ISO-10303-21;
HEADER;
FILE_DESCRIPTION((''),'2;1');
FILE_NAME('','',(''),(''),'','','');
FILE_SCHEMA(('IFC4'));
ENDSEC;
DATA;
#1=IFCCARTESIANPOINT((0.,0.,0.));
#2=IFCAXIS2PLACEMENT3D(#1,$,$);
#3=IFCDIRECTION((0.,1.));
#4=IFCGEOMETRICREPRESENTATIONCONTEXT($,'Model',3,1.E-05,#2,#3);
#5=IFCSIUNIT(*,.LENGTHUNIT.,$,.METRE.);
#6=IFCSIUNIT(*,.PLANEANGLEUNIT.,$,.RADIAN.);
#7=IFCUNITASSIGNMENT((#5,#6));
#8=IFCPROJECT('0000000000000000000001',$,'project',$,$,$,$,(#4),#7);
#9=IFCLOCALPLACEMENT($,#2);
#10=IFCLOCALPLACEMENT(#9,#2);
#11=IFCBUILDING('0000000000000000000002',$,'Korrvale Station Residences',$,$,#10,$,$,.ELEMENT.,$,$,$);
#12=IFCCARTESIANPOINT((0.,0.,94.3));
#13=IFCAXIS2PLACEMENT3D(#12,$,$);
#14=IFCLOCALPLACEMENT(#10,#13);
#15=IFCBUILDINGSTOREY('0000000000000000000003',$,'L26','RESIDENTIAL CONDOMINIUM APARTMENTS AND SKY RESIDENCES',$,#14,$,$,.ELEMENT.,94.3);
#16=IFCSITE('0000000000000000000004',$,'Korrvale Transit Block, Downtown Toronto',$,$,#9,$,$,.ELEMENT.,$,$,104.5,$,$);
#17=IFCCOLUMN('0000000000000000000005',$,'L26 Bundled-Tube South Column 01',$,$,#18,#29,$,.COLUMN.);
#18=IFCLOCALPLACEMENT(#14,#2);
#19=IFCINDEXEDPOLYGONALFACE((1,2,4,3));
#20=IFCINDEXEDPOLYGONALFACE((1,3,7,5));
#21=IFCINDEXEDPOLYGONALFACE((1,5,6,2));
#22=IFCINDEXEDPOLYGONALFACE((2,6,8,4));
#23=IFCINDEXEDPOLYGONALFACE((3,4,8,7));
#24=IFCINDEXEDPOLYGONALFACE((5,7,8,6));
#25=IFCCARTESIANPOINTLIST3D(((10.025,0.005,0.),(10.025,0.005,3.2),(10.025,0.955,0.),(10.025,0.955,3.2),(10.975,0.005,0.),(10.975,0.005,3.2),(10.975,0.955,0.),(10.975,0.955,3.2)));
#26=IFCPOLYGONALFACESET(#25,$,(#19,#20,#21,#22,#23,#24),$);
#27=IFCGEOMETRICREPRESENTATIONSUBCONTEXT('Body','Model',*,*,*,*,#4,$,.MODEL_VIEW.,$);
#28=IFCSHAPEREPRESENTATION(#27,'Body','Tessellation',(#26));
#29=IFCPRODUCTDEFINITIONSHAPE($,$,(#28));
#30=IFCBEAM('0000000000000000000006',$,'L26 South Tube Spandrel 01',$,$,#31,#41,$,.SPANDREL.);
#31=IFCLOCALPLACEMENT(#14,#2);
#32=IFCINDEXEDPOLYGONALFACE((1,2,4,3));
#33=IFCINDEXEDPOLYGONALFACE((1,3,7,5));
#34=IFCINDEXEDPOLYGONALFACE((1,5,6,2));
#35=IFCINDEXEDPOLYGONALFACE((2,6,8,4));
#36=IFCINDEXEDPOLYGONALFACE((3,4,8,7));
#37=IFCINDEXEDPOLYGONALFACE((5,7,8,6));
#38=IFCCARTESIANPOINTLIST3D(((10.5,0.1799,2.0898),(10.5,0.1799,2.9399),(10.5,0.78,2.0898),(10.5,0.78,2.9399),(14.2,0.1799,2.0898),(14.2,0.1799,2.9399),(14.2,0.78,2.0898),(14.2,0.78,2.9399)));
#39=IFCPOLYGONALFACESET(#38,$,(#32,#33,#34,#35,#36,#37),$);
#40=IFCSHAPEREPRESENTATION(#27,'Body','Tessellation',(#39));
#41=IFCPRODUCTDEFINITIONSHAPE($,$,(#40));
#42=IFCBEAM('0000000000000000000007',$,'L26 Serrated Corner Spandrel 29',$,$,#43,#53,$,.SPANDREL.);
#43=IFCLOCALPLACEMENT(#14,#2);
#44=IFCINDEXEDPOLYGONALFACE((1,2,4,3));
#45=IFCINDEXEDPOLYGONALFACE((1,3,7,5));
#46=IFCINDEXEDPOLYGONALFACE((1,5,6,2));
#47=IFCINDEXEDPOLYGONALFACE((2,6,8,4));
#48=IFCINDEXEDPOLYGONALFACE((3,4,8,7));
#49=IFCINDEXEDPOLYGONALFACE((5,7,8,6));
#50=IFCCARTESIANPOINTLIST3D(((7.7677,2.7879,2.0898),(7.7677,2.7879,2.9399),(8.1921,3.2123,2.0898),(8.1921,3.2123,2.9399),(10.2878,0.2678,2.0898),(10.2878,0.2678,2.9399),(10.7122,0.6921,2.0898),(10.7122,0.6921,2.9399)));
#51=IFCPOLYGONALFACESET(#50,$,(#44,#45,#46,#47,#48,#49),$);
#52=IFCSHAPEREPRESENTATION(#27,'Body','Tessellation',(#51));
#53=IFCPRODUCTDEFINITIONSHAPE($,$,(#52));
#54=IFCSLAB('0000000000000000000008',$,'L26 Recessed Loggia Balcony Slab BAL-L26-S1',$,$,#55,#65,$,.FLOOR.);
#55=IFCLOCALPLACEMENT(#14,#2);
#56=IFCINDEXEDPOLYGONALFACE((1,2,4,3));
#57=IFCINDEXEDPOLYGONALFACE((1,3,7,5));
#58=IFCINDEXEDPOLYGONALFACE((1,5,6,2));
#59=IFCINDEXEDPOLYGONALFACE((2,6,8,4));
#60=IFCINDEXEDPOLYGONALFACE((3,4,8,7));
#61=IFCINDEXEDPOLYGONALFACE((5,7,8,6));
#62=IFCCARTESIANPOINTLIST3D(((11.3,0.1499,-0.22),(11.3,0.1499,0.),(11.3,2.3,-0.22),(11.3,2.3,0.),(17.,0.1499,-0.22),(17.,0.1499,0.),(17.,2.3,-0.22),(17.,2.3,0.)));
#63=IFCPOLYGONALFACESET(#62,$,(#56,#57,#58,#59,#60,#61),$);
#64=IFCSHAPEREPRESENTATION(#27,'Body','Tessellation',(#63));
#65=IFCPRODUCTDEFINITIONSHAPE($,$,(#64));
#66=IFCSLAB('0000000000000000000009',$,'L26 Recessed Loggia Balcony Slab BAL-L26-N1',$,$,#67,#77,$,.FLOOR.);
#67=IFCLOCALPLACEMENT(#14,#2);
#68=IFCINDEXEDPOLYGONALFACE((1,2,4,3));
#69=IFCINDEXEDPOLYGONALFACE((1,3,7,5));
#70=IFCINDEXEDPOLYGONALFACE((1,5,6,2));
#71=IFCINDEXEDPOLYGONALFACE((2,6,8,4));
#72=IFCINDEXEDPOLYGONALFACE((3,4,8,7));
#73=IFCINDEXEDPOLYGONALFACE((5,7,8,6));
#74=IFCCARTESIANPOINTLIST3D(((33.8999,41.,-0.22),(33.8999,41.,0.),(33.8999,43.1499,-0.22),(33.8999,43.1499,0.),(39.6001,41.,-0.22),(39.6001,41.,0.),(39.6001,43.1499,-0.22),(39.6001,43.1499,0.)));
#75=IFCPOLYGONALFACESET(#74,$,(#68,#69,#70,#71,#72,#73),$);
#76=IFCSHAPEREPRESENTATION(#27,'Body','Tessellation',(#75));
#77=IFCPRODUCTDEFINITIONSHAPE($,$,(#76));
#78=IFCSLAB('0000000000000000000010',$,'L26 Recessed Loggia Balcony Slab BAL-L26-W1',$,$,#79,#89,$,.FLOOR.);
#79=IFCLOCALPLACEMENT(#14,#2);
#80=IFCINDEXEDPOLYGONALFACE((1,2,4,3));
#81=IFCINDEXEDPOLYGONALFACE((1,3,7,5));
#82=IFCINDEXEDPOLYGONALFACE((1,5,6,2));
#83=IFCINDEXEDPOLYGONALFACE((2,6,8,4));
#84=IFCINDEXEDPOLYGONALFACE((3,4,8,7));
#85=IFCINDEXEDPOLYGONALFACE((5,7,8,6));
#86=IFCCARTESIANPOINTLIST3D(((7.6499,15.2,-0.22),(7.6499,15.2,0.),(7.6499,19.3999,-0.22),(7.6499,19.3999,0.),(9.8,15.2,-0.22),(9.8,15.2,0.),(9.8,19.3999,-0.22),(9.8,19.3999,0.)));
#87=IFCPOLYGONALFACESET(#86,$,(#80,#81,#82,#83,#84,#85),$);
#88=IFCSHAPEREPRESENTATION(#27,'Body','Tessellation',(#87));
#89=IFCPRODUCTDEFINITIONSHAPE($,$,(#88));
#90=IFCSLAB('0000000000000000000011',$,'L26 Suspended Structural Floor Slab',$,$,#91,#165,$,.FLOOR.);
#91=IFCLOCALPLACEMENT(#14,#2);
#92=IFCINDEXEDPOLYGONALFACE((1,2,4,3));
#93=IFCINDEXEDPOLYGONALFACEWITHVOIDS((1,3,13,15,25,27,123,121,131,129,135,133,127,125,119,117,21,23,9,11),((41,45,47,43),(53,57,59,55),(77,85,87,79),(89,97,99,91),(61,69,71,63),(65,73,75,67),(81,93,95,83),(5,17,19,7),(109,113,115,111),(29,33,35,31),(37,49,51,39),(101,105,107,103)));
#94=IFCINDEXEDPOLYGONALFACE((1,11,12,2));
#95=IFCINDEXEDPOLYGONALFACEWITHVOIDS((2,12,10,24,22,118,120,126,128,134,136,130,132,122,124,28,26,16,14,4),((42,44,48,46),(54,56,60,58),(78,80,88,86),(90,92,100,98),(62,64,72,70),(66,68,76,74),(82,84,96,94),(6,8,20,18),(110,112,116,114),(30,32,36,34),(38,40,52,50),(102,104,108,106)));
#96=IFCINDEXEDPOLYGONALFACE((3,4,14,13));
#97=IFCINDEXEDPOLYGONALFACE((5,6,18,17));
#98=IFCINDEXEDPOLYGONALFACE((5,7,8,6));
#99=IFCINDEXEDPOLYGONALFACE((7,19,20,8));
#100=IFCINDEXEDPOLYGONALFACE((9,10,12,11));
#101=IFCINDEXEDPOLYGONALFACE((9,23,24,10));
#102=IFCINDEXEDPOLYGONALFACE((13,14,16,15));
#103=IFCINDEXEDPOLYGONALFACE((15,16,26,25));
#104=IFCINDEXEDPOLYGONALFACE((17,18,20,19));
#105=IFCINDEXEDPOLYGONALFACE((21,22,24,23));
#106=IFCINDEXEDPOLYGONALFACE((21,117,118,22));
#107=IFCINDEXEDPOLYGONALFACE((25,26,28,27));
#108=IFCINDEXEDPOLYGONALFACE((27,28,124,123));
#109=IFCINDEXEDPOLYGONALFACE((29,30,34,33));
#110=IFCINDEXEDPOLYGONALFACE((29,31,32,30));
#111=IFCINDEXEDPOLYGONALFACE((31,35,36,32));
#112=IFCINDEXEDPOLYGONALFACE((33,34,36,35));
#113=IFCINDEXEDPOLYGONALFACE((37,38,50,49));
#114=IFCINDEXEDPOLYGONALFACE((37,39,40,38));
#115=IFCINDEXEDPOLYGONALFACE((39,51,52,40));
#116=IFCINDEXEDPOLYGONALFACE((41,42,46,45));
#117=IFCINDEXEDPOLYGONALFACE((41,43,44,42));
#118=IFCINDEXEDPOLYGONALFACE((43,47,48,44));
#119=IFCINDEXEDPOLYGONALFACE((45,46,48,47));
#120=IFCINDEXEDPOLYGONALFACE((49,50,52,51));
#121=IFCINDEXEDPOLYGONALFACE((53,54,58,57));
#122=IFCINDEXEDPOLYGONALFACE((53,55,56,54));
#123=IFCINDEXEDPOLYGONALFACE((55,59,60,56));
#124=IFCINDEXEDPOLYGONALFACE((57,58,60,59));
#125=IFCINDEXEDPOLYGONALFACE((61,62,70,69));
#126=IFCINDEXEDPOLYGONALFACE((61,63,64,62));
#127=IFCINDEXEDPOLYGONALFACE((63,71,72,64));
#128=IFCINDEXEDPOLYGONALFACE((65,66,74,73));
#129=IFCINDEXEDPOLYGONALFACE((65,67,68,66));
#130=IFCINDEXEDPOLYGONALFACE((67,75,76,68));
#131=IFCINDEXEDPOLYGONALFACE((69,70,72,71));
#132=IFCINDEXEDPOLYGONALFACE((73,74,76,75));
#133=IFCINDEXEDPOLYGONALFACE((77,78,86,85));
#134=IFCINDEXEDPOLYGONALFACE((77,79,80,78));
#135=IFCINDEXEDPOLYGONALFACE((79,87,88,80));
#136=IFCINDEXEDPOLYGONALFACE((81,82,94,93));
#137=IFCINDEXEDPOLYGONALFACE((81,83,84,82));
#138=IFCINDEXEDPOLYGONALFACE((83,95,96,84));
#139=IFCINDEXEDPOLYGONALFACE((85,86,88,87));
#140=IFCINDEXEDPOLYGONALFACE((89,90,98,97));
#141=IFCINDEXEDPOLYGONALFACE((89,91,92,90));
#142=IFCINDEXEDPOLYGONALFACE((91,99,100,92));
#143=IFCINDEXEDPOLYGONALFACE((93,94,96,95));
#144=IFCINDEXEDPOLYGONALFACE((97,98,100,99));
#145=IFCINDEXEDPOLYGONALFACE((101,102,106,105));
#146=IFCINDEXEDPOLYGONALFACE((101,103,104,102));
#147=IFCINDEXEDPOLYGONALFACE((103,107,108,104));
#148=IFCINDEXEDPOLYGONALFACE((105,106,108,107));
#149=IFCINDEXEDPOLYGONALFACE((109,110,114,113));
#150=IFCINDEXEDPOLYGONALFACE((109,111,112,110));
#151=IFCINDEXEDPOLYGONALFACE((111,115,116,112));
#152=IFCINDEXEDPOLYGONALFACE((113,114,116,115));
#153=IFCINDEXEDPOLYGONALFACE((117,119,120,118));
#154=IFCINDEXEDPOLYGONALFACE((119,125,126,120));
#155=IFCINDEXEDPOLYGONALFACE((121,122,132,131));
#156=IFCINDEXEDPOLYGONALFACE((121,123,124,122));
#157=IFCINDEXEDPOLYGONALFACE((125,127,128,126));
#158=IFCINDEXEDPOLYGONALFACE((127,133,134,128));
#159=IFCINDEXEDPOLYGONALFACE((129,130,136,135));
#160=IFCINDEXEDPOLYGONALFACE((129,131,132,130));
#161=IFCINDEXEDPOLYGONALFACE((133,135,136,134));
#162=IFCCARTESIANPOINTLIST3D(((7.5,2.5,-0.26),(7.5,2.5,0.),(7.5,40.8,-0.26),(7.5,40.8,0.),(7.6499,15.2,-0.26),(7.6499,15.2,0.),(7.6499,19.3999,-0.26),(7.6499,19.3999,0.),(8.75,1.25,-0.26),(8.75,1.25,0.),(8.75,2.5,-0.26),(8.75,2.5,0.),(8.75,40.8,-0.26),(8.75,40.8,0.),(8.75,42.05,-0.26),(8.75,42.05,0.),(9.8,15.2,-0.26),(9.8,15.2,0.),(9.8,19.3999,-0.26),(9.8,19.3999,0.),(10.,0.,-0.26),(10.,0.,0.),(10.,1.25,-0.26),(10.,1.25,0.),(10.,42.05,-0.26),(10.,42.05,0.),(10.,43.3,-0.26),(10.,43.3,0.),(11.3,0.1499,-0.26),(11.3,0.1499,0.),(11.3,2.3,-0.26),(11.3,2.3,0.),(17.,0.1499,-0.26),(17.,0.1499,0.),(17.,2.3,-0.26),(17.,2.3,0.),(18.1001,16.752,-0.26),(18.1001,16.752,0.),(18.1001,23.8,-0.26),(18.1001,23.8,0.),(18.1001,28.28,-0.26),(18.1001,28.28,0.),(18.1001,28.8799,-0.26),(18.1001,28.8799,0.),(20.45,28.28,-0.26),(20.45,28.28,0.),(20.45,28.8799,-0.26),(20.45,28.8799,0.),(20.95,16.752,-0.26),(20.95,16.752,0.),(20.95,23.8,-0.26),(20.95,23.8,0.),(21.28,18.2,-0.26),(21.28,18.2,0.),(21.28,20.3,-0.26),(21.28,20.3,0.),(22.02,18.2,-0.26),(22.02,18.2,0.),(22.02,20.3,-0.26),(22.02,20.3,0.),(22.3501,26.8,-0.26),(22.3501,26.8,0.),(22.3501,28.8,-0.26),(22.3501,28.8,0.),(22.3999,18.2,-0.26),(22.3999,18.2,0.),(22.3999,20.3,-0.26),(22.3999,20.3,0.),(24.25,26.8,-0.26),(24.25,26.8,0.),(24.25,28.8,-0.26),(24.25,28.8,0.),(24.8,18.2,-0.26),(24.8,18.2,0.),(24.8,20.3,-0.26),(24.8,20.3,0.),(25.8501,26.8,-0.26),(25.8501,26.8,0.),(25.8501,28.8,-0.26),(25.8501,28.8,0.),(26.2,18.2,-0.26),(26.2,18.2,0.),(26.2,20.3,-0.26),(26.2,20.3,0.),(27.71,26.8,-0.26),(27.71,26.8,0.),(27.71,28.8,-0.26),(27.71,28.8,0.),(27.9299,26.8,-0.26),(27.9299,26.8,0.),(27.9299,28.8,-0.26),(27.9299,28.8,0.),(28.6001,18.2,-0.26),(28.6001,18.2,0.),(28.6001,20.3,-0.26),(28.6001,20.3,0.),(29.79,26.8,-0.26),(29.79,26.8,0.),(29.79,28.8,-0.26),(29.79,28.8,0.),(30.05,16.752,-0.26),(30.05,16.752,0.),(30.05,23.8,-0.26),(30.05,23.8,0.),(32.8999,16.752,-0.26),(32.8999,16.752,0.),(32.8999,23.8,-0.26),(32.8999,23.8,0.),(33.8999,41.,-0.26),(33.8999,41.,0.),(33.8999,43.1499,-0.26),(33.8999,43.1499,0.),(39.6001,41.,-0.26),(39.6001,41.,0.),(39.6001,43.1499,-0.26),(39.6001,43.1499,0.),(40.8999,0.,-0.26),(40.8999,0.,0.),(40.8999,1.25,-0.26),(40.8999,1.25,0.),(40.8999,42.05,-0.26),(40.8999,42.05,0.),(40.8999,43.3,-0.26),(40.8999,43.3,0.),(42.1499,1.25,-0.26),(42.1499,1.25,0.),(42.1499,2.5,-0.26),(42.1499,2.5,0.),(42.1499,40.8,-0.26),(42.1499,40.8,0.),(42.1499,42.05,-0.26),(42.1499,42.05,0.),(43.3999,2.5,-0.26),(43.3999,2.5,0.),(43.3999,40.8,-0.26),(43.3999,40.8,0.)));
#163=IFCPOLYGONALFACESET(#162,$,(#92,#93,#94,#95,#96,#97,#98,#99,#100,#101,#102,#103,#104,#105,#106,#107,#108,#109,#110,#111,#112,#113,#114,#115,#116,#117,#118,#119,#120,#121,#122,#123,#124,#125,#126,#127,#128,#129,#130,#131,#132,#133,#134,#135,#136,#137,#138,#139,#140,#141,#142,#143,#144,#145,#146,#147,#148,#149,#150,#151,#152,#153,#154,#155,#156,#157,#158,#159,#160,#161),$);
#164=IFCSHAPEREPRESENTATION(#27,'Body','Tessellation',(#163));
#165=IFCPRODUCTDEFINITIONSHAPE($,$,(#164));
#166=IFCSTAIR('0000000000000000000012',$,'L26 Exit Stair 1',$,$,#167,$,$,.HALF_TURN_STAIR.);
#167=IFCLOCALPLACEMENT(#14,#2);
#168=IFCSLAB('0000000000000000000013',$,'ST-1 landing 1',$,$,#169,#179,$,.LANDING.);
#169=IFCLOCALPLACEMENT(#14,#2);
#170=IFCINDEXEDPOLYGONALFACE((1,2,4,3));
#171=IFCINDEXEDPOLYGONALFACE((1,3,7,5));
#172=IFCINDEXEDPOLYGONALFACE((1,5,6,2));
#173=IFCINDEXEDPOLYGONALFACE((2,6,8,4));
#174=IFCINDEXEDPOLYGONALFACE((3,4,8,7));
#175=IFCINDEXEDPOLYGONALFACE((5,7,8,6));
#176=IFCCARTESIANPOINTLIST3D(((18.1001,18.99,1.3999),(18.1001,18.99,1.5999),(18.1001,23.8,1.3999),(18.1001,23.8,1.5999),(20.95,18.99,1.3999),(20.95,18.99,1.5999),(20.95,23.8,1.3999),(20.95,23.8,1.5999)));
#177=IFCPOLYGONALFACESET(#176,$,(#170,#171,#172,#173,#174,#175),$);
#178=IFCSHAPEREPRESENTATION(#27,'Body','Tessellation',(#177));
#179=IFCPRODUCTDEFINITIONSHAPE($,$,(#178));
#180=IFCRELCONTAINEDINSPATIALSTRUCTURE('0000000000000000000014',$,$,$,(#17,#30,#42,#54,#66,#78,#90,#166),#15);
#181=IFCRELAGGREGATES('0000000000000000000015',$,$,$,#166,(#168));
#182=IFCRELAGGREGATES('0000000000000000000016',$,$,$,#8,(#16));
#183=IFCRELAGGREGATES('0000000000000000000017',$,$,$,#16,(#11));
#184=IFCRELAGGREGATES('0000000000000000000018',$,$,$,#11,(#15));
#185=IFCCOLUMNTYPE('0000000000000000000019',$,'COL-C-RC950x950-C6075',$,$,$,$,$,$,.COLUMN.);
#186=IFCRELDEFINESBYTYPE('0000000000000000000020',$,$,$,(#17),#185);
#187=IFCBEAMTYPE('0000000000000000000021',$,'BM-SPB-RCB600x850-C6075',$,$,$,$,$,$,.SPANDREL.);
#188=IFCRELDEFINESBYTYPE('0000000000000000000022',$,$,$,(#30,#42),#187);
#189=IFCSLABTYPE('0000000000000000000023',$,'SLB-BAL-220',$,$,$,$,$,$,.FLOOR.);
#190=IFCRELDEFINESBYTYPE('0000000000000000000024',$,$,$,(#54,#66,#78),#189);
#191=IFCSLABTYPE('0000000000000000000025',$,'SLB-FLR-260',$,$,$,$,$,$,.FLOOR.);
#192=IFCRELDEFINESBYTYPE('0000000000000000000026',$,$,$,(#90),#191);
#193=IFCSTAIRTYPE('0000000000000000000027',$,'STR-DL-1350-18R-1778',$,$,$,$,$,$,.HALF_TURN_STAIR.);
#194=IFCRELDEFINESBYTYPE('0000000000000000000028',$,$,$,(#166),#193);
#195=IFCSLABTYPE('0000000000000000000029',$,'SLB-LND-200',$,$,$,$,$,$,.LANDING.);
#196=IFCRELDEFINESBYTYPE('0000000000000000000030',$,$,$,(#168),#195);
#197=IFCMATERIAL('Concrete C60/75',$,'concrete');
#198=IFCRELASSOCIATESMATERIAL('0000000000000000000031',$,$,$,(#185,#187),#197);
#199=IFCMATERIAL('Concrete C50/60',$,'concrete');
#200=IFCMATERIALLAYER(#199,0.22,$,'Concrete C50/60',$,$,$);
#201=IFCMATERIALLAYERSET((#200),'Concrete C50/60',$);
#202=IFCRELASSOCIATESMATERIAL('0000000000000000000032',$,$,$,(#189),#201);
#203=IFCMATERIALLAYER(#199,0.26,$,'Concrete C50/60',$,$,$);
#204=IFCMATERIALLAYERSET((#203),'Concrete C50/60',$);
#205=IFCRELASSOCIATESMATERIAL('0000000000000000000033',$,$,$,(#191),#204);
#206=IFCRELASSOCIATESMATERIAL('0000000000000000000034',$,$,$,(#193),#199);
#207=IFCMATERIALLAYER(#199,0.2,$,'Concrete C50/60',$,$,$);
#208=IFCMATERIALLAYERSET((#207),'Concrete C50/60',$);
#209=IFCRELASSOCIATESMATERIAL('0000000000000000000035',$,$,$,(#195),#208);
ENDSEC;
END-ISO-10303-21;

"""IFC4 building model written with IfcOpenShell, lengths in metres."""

from ifc_helpers import new_model, si_unit, direction, frame, origin, origin_2d, place, context, subcontext, project, spatial, polyline, rectangle, outline, extrude, material, layer, layer_set, material_profile, profile_set, type_object, element, aggregate, save


model = new_model("IFC4")

# Units and contexts
model_context = context("Model", 3, precision=1e-05, world=origin(), true_north=direction((0.0, 1.0)))
body_context = subcontext(model_context, "Body", "Model", "MODEL_VIEW")
ifc_project = project(units=[si_unit("LENGTHUNIT", "METRE"), si_unit("PLANEANGLEUNIT", "RADIAN")], contexts=[model_context])

# Site, building, storey
site_placement = place(None, origin())
site = spatial("IfcSite", under=ifc_project, at=site_placement, Name="Korrvale Transit Block, Downtown Toronto", CompositionType="ELEMENT", RefElevation=104.5)
building_placement = place(site_placement, origin())
building = spatial("IfcBuilding", under=site, at=building_placement, Name="Korrvale Station Residences", CompositionType="ELEMENT")
storey_placement = place(building_placement, frame((0.0, 0.0, 94.3)))
storey = spatial("IfcBuildingStorey", under=building, at=storey_placement, Name="L26", Description="RESIDENTIAL CONDOMINIUM APARTMENTS AND SKY RESIDENCES", CompositionType="ELEMENT", Elevation=94.3)

# Column
ifc_material_1 = material(Name="Concrete C60/75", Category="concrete")
ifc_material_profile_1 = material_profile(ifc_material_1, rectangle(XDim=0.95, YDim=0.95, at=origin_2d()), Name="RC950x950")
ifc_profile_set_1 = profile_set([ifc_material_profile_1], Name="Concrete C60/75")
column_type = type_object("IfcColumnType", Name="COL-C-RC950x950-C6075", PredefinedType="COLUMN", material=ifc_profile_set_1)
column_placement = place(storey_placement, frame((10.5, 0.48, 0.0), z_axis=(0.0, 0.0, 1.0), x_axis=(1.0, 0.0, 0.0)))
element("IfcColumn", 1, at=column_placement, inside=storey, type_object=column_type, Name="L26 Bundled-Tube South Column 01", PredefinedType="COLUMN", context=body_context, shape_type="SweptSolid", body=[
    extrude(rectangle(XDim=0.95, YDim=0.95, at=origin_2d()), origin(), (0.0, 0.0, 1.0), 3.2),
])

# Beams
ifc_material_profile_2 = material_profile(ifc_material_1, rectangle(XDim=0.6001, YDim=0.8501, at=origin_2d()), Name="RCB600x850")
ifc_profile_set_2 = profile_set([ifc_material_profile_2], Name="Concrete C60/75")
beam_type = type_object("IfcBeamType", Name="BM-SPB-RCB600x850-C6075", PredefinedType="SPANDREL", material=ifc_profile_set_2)
beam_1_placement = place(storey_placement, frame((10.5, 0.48, 2.5149), z_axis=(1.0, 0.0, 0.0), x_axis=(0.0, 1.0, 0.0)))
element("IfcBeam", 2, at=beam_1_placement, inside=storey, type_object=beam_type, Name="L26 South Tube Spandrel 01", PredefinedType="SPANDREL", context=body_context, shape_type="SweptSolid", body=[
    extrude(rectangle(XDim=0.6001, YDim=0.8501, at=origin_2d()), origin(), (0.0, 0.0, 1.0), 3.7),
])
beam_2_placement = place(storey_placement, frame((10.5, 0.48, 2.5149), z_axis=(-0.707107, 0.707107, 0.0), x_axis=(-0.707107, -0.707107, 0.0)))
element("IfcBeam", 3, at=beam_2_placement, inside=storey, type_object=beam_type, Name="L26 Serrated Corner Spandrel 29", PredefinedType="SPANDREL", context=body_context, shape_type="SweptSolid", body=[
    extrude(rectangle(XDim=0.6001, YDim=0.8501, at=origin_2d()), origin(), (0.0, 0.0, 1.0), 3.564),
])

# Slabs
ifc_material_2 = material(Name="Concrete C50/60", Category="concrete")
ifc_layer_1 = layer(ifc_material_2, 0.22, Name="Concrete C50/60")
ifc_layer_set_1 = layer_set([ifc_layer_1], Name="Concrete C50/60")
slab_type_1 = type_object("IfcSlabType", Name="SLB-BAL-220", PredefinedType="FLOOR", material=ifc_layer_set_1)
slab_1_placement = place(storey_placement, frame((0.0, 0.0, -0.22)))
element("IfcSlab", 4, at=slab_1_placement, inside=storey, type_object=slab_type_1, Name="L26 Recessed Loggia Balcony Slab BAL-L26-S1", PredefinedType="FLOOR", context=body_context, shape_type="SweptSolid", body=[
    extrude(outline(polyline([(11.3, 0.1499), (17.0, 0.1499), (17.0, 2.3), (11.3, 2.3), (11.3, 0.1499)])), origin(), (0.0, 0.0, 1.0), 0.22),
])
slab_2_placement = place(storey_placement, frame((0.0, 0.0, -0.22)))
element("IfcSlab", 5, at=slab_2_placement, inside=storey, type_object=slab_type_1, Name="L26 Recessed Loggia Balcony Slab BAL-L26-N1", PredefinedType="FLOOR", context=body_context, shape_type="SweptSolid", body=[
    extrude(outline(polyline([(33.8999, 41.0), (39.6001, 41.0), (39.6001, 43.1499), (33.8999, 43.1499), (33.8999, 41.0)])), origin(), (0.0, 0.0, 1.0), 0.22),
])
slab_3_placement = place(storey_placement, frame((0.0, 0.0, -0.22)))
element("IfcSlab", 6, at=slab_3_placement, inside=storey, type_object=slab_type_1, Name="L26 Recessed Loggia Balcony Slab BAL-L26-W1", PredefinedType="FLOOR", context=body_context, shape_type="SweptSolid", body=[
    extrude(outline(polyline([(7.6499, 15.2), (9.8, 15.2), (9.8, 19.3999), (7.6499, 19.3999), (7.6499, 15.2)])), origin(), (0.0, 0.0, 1.0), 0.22),
])
ifc_layer_2 = layer(ifc_material_2, 0.26, Name="Concrete C50/60")
ifc_layer_set_2 = layer_set([ifc_layer_2], Name="Concrete C50/60")
slab_type_2 = type_object("IfcSlabType", Name="SLB-FLR-260", PredefinedType="FLOOR", material=ifc_layer_set_2)
slab_4_placement = place(storey_placement, frame((0.0, 0.0, -0.26)))
element("IfcSlab", 7, at=slab_4_placement, inside=storey, type_object=slab_type_2, Name="L26 Suspended Structural Floor Slab", PredefinedType="FLOOR", context=body_context, shape_type="SweptSolid", body=[
    extrude(outline(polyline([(10.0, 0.0), (40.8999, 0.0), (40.8999, 1.25), (42.1499, 1.25), (42.1499, 2.5), (43.3999, 2.5), (43.3999, 40.8), (42.1499, 40.8), (42.1499, 42.05), (40.8999, 42.05), (40.8999, 43.3), (10.0, 43.3), (10.0, 42.05), (8.75, 42.05), (8.75, 40.8), (7.5, 40.8), (7.5, 2.5), (8.75, 2.5), (8.75, 1.25), (10.0, 1.25), (10.0, 0.0)]), holes=[polyline([(20.95, 16.752), (20.95, 23.8), (18.1001, 23.8), (18.1001, 16.752), (20.95, 16.752)]), polyline([(32.8999, 16.752), (32.8999, 23.8), (30.05, 23.8), (30.05, 16.752), (32.8999, 16.752)]), polyline([(22.3501, 26.8), (24.25, 26.8), (24.25, 28.8), (22.3501, 28.8), (22.3501, 26.8)]), polyline([(25.8501, 26.8), (27.71, 26.8), (27.71, 28.8), (25.8501, 28.8), (25.8501, 26.8)]), polyline([(27.9299, 26.8), (29.79, 26.8), (29.79, 28.8), (27.9299, 28.8), (27.9299, 26.8)]), polyline([(22.3999, 18.2), (24.8, 18.2), (24.8, 20.3), (22.3999, 20.3), (22.3999, 18.2)]), polyline([(26.2, 18.2), (28.6001, 18.2), (28.6001, 20.3), (26.2, 20.3), (26.2, 18.2)]), polyline([(18.1001, 28.28), (20.45, 28.28), (20.45, 28.8799), (18.1001, 28.8799), (18.1001, 28.28)]), polyline([(21.28, 18.2), (22.02, 18.2), (22.02, 20.3), (21.28, 20.3), (21.28, 18.2)]), polyline([(11.3, 0.1499), (17.0, 0.1499), (17.0, 2.3), (11.3, 2.3), (11.3, 0.1499)]), polyline([(33.8999, 41.0), (39.6001, 41.0), (39.6001, 43.1499), (33.8999, 43.1499), (33.8999, 41.0)]), polyline([(7.6499, 15.2), (9.8, 15.2), (9.8, 19.3999), (7.6499, 19.3999), (7.6499, 15.2)])]), origin(), (0.0, 0.0, 1.0), 0.26),
])

# Stair, slab
stair_type = type_object("IfcStairType", Name="STR-DL-1350-18R-1778", PredefinedType="HALF_TURN_STAIR", material=ifc_material_2)
stair_1_placement = place(storey_placement, origin())
stair_1 = element("IfcStair", 8, at=stair_1_placement, inside=storey, type_object=stair_type, Name="L26 Exit Stair 1", PredefinedType="HALF_TURN_STAIR")
ifc_layer_3 = layer(ifc_material_2, 0.2, Name="Concrete C50/60")
ifc_layer_set_3 = layer_set([ifc_layer_3], Name="Concrete C50/60")
slab_type_3 = type_object("IfcSlabType", Name="SLB-LND-200", PredefinedType="LANDING", material=ifc_layer_set_3)
slab_5_placement = place(storey_placement, frame((0.0, 0.0, 1.3999)))
slab_5 = element("IfcSlab", 9, at=slab_5_placement, type_object=slab_type_3, Name="ST-1 landing 1", PredefinedType="LANDING", context=body_context, shape_type="SweptSolid", body=[
    extrude(outline(polyline([(20.95, 18.99), (20.95, 23.8), (18.1001, 23.8), (18.1001, 18.99), (20.95, 18.99)])), origin(), (0.0, 0.0, 1.0), 0.2),
])
aggregate(stair_1, [slab_5])

save(model, "model.ifc")
